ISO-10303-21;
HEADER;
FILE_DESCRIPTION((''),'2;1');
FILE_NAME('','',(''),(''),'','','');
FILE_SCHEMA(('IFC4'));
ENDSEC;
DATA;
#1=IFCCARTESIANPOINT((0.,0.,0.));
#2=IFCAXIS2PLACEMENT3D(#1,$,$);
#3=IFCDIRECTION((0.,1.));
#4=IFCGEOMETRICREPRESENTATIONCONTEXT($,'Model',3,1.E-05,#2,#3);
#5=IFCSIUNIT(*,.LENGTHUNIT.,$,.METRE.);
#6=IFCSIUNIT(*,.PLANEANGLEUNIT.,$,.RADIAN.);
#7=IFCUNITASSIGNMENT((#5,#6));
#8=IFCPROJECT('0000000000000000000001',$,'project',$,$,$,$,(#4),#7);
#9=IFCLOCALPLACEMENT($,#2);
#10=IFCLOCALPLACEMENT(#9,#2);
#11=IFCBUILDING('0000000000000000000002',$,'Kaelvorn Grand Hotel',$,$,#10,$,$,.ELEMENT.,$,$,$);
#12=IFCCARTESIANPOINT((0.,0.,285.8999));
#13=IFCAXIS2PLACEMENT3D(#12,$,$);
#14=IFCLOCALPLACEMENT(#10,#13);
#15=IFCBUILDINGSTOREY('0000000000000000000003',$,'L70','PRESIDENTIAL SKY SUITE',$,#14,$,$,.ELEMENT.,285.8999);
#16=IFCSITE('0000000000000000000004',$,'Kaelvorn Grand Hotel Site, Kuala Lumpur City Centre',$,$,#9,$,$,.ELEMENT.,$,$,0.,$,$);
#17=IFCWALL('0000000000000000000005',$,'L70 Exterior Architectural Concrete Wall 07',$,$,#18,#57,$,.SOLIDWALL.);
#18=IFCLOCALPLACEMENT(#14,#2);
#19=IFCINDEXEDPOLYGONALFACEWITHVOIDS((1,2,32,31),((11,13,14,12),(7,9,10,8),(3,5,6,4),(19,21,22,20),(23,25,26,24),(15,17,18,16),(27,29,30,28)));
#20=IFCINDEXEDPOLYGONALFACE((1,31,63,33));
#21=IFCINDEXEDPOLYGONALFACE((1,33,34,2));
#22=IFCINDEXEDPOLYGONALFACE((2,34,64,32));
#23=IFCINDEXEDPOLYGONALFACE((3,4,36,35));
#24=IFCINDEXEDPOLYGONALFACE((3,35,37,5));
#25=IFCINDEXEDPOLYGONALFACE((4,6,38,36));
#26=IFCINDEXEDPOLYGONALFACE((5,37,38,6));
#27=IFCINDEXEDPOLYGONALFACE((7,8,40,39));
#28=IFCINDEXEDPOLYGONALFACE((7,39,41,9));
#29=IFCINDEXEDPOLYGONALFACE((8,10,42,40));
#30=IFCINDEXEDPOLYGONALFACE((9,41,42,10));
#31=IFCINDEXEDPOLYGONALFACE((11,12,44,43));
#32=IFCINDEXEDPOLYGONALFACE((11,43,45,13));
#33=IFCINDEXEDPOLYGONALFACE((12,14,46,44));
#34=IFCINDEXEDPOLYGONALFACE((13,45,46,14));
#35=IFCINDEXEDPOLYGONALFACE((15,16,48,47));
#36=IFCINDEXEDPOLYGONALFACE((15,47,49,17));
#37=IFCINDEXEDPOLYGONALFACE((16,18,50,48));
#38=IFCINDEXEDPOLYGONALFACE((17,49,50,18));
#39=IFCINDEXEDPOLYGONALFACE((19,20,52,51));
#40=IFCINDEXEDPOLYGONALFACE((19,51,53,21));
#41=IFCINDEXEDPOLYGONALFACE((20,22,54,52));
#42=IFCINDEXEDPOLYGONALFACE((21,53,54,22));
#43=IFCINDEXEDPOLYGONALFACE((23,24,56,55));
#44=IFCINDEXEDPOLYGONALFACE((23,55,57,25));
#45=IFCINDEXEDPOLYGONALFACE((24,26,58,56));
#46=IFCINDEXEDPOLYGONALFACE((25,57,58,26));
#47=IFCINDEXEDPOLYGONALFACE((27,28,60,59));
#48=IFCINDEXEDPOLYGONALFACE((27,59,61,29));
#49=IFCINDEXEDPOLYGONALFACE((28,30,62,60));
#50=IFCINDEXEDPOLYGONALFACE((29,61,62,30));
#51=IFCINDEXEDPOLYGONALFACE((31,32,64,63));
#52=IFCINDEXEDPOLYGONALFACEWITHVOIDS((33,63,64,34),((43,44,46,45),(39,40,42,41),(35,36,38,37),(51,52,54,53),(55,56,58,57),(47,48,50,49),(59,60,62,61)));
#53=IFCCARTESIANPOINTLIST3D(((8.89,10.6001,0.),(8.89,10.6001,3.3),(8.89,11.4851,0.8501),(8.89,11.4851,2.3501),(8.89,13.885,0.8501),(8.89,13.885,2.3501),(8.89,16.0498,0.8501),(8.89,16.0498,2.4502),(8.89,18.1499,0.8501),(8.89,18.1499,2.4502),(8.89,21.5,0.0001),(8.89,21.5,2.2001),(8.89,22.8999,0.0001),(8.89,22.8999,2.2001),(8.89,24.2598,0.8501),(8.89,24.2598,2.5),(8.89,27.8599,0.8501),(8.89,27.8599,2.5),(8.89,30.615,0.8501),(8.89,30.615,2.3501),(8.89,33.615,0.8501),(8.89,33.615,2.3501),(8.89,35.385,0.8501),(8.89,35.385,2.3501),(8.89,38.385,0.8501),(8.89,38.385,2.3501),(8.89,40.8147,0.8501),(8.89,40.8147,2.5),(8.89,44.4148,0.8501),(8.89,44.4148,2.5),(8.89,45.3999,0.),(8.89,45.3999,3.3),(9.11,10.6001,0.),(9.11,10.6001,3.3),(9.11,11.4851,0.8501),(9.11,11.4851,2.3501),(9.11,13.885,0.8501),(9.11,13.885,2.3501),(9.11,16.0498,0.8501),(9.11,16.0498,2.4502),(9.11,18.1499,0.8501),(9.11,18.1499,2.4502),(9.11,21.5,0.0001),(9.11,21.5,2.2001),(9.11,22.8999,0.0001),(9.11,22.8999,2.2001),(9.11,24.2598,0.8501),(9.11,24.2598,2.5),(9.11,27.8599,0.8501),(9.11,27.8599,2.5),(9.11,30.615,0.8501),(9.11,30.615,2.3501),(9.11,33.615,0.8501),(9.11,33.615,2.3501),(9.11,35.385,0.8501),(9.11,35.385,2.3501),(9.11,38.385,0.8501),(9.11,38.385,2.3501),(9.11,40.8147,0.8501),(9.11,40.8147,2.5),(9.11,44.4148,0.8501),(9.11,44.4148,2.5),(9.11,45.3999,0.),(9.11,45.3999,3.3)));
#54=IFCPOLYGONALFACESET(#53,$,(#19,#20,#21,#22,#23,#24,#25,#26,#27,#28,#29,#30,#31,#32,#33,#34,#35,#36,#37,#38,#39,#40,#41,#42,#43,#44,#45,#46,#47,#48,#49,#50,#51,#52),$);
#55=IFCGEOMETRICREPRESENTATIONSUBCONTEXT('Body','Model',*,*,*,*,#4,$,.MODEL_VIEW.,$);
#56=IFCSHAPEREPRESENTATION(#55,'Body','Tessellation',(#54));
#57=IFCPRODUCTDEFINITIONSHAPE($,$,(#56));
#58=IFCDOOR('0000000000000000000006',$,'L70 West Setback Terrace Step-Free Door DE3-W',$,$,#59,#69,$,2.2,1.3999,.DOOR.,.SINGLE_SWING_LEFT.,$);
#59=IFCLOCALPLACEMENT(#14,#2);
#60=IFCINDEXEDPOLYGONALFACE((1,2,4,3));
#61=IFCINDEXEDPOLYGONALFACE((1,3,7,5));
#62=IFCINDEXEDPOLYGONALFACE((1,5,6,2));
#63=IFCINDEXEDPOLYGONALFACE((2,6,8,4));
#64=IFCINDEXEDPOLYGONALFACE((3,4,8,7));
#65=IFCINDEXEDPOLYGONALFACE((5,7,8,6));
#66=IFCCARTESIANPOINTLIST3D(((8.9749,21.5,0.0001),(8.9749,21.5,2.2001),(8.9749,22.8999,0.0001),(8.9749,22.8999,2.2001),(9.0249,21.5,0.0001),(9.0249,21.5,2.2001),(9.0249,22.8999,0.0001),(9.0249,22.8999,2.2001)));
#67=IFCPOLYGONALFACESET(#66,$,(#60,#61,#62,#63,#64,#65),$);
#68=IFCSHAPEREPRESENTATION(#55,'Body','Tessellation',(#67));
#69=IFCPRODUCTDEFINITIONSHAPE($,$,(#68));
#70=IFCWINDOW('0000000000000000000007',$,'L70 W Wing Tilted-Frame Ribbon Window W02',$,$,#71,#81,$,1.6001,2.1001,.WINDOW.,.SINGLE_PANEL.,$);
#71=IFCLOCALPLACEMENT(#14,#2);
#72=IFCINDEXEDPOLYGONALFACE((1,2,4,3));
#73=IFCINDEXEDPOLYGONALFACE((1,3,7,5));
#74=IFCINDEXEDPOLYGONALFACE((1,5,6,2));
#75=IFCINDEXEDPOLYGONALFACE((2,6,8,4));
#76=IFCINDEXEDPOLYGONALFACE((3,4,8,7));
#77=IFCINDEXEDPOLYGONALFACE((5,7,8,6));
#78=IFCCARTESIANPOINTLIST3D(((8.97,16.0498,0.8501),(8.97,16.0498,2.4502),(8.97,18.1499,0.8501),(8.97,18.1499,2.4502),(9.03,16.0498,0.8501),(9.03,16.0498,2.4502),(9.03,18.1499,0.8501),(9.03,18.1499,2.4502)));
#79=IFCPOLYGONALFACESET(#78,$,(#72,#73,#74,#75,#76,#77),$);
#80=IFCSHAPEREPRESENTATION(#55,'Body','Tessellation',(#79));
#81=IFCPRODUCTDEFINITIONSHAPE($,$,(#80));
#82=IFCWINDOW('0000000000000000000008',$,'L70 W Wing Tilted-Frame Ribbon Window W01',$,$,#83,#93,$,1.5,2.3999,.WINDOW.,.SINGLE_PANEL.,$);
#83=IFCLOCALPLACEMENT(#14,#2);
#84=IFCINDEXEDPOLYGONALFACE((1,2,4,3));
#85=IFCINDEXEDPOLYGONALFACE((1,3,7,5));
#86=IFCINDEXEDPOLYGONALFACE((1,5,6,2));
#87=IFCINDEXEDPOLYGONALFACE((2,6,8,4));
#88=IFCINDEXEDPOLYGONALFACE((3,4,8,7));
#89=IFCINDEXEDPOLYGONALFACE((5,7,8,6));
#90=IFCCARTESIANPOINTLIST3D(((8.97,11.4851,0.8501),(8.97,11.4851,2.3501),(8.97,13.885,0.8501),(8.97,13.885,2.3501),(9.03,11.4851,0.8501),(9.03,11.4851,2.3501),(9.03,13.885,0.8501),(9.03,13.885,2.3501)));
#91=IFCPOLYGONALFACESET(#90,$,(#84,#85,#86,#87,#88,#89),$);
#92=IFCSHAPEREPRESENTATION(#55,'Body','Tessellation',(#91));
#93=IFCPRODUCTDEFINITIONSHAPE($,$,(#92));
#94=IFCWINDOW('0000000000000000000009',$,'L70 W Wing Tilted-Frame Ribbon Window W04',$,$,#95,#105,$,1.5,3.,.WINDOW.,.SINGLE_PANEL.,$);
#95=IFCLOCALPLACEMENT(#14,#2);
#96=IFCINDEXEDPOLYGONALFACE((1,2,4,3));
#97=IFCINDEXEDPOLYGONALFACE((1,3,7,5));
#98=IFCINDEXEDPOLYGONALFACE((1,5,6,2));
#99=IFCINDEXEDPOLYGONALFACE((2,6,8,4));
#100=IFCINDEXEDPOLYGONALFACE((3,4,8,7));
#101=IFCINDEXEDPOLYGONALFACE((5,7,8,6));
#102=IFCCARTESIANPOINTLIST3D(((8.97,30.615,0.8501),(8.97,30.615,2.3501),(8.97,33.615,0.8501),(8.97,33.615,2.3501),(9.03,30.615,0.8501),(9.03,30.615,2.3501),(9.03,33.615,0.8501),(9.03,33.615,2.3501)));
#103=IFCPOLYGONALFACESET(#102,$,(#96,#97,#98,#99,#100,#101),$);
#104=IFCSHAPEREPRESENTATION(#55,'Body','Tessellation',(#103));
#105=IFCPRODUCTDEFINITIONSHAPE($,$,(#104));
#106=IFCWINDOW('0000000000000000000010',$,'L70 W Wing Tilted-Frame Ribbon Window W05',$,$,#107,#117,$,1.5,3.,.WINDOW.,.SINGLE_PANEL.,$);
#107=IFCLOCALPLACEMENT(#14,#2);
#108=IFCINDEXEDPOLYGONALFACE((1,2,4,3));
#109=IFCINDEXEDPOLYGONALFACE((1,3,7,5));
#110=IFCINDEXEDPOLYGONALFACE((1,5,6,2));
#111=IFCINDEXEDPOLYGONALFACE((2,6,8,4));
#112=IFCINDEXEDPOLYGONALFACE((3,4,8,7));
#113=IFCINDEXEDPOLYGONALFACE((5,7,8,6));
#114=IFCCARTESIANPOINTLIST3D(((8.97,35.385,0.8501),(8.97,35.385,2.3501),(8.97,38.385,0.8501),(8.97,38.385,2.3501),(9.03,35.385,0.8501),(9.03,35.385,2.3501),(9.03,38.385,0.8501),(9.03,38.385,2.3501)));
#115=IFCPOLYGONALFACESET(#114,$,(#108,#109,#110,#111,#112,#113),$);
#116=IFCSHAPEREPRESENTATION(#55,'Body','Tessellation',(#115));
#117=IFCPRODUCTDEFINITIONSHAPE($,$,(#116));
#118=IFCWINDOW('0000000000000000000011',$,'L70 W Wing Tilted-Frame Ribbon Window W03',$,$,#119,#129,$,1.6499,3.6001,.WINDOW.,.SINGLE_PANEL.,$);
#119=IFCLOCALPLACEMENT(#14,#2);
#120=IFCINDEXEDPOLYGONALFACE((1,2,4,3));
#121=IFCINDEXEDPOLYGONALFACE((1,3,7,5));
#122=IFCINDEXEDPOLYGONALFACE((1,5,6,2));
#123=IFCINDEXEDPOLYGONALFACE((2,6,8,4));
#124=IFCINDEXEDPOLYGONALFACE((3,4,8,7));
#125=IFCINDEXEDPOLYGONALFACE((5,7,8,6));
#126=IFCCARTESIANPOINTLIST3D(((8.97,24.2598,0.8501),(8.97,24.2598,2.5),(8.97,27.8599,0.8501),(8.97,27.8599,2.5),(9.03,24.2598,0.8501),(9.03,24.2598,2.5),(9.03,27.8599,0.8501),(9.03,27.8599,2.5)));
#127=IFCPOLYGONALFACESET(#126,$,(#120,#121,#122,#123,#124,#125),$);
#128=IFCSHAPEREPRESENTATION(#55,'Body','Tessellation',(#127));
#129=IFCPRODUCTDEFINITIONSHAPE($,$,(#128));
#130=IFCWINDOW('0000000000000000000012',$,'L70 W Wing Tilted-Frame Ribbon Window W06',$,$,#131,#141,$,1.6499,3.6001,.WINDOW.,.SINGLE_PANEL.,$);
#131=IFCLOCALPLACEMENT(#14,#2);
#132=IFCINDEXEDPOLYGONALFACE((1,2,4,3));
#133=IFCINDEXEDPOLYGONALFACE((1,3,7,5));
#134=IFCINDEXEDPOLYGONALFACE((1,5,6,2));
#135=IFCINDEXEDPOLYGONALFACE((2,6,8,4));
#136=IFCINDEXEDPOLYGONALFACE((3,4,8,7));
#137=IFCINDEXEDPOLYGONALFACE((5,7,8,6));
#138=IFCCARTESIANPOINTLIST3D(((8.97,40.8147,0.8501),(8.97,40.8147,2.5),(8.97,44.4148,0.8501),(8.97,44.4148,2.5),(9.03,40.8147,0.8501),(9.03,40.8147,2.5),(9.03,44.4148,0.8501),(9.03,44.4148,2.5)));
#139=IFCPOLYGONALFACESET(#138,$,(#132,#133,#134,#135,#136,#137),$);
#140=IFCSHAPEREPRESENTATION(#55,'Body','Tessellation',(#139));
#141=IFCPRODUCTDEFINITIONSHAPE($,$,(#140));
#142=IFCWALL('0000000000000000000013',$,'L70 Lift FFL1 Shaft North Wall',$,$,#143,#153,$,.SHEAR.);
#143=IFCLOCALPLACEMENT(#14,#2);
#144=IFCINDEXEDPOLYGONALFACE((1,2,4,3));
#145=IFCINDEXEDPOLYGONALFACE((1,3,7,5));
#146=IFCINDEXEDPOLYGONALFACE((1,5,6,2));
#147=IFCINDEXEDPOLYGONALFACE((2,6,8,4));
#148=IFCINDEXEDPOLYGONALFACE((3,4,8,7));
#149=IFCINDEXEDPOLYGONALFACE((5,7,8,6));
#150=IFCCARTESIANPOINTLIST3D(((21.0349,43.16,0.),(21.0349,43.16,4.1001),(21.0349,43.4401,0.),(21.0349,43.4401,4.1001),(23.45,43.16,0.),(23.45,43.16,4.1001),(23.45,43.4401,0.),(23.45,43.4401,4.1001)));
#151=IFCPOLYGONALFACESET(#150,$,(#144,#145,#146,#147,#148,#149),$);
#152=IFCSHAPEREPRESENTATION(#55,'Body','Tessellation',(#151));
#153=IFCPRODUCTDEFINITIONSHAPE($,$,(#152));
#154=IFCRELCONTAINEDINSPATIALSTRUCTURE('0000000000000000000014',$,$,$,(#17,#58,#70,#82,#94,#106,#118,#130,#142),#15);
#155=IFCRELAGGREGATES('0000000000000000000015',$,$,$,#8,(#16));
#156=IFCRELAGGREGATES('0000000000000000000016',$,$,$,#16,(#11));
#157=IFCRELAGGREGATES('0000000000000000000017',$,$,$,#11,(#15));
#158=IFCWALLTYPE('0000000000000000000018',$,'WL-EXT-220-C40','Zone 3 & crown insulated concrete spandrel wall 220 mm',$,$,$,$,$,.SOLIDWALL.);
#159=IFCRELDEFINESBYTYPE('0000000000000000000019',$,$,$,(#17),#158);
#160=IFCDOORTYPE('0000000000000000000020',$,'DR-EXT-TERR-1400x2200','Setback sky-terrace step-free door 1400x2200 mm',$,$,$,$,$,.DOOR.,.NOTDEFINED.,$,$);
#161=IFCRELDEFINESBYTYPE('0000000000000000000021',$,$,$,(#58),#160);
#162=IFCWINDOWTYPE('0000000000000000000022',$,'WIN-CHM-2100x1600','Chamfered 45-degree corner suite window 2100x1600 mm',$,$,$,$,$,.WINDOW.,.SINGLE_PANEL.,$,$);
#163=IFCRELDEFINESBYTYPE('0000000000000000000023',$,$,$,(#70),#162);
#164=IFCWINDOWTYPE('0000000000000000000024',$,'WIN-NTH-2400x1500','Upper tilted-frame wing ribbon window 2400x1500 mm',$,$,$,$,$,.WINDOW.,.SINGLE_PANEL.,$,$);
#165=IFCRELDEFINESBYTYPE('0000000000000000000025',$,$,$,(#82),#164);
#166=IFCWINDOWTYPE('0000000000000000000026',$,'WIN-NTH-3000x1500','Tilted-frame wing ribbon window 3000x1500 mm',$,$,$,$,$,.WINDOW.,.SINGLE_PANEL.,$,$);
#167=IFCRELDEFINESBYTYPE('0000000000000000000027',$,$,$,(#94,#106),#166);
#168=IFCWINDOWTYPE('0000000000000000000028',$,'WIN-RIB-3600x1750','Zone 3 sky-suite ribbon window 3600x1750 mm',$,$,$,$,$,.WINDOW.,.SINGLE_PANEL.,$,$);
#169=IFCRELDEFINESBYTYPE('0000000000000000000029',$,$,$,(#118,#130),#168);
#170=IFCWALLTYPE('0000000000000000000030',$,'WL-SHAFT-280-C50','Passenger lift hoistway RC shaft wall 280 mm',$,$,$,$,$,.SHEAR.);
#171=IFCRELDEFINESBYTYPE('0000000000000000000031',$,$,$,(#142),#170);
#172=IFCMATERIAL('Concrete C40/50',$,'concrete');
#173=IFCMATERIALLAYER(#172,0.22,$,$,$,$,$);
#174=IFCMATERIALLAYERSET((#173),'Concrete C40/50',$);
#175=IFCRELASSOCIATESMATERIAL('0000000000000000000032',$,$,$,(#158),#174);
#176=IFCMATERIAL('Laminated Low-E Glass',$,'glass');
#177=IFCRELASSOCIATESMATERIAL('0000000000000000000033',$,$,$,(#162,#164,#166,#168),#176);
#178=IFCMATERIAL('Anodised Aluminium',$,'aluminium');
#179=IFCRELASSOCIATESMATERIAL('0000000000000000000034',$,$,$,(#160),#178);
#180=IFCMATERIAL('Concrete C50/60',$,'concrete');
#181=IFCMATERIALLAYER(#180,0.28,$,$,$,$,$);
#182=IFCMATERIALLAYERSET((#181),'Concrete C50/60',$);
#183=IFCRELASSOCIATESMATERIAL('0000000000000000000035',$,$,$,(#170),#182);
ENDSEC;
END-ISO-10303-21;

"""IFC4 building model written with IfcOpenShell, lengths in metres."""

from ifc_helpers import new_model, si_unit, direction, frame, frame_2d, origin, place, context, subcontext, project, spatial, rectangle, extrude, material, layer, layer_set, type_object, element, fill, save


model = new_model("IFC4")

# Units and contexts
model_context = context("Model", 3, precision=1e-05, world=origin(), true_north=direction((0.0, 1.0)))
body_context = subcontext(model_context, "Body", "Model", "MODEL_VIEW")
ifc_project = project(units=[si_unit("LENGTHUNIT", "METRE"), si_unit("PLANEANGLEUNIT", "RADIAN")], contexts=[model_context])

# Site, building, storey
site_placement = place(None, origin())
site = spatial("IfcSite", under=ifc_project, at=site_placement, Name="Kaelvorn Grand Hotel Site, Kuala Lumpur City Centre", CompositionType="ELEMENT", RefElevation=0.0)
building_placement = place(site_placement, origin())
building = spatial("IfcBuilding", under=site, at=building_placement, Name="Kaelvorn Grand Hotel", CompositionType="ELEMENT")
storey_placement = place(building_placement, frame((0.0, 0.0, 285.8999)))
storey = spatial("IfcBuildingStorey", under=building, at=storey_placement, Name="L70", Description="PRESIDENTIAL SKY SUITE", CompositionType="ELEMENT", Elevation=285.8999)

# Shared definitions
ifc_material_1 = material(Name="Concrete C50/60", Category="concrete")

# Shared definitions
ifc_material_2 = material(Name="Concrete C40/50", Category="concrete")
ifc_layer_1 = layer(ifc_material_2, 0.22)
ifc_layer_set_1 = layer_set([ifc_layer_1], Name="Concrete C40/50")
wall_type_1 = type_object("IfcWallType", Name="WL-EXT-220-C40", Description="Zone 3 & crown insulated concrete spandrel wall 220 mm", PredefinedType="SOLIDWALL", material=ifc_layer_set_1)
ifc_material_3 = material(Name="Laminated Low-E Glass", Category="glass")
window_type_1 = type_object("IfcWindowType", Name="WIN-CHM-2100x1600", Description="Chamfered 45-degree corner suite window 2100x1600 mm", PartitioningType="SINGLE_PANEL", PredefinedType="WINDOW", material=ifc_material_3)

# Wall, openings, door, windows
wall_1_placement = place(storey_placement, frame((9.0, 45.3999, 0.0), z_axis=(0.0, 0.0, 1.0), x_axis=(0.0, -1.0, 0.0)))
wall_1 = element("IfcWall", 1, at=wall_1_placement, inside=storey, type_object=wall_type_1, Name="L70 Exterior Architectural Concrete Wall 07", PredefinedType="SOLIDWALL", context=body_context, shape_type="SweptSolid", body=[
    extrude(rectangle(XDim=34.7998, YDim=0.22, at=frame_2d((17.3999, 0.0))), origin(), (0.0, 0.0, 1.0), 3.3),
])
opening_1_placement = place(wall_1_placement, frame((22.5, 0.0, 0.0)))
opening_1 = element("IfcOpeningElement", 2, at=opening_1_placement, cuts=wall_1, PredefinedType="OPENING", context=body_context, shape_type="SweptSolid", body=[
    extrude(rectangle(XDim=1.3999, YDim=2.2, at=frame_2d((0.7, 1.1001))), frame((0.0, 0.1201, 0.0), z_axis=(0.0, -1.0, 0.0), x_axis=(1.0, 0.0, 0.0)), (0.0, 0.0, 1.0), 0.24),
])
opening_2_placement = place(wall_1_placement, frame((31.5149, 0.0, 0.8501)))
opening_2 = element("IfcOpeningElement", 3, at=opening_2_placement, cuts=wall_1, PredefinedType="OPENING", context=body_context, shape_type="SweptSolid", body=[
    extrude(rectangle(XDim=2.3999, YDim=1.5, at=frame_2d((1.2, 0.75))), frame((0.0, 0.1201, 0.0), z_axis=(0.0, -1.0, 0.0), x_axis=(1.0, 0.0, 0.0)), (0.0, 0.0, 1.0), 0.24),
])
opening_3_placement = place(wall_1_placement, frame((27.25, 0.0, 0.8501)))
opening_3 = element("IfcOpeningElement", 4, at=opening_3_placement, cuts=wall_1, PredefinedType="OPENING", context=body_context, shape_type="SweptSolid", body=[
    extrude(rectangle(XDim=2.1001, YDim=1.6001, at=frame_2d((1.05, 0.8))), frame((0.0, 0.1201, 0.0), z_axis=(0.0, -1.0, 0.0), x_axis=(1.0, 0.0, 0.0)), (0.0, 0.0, 1.0), 0.24),
])
opening_4_placement = place(wall_1_placement, frame((17.54, 0.0, 0.8501)))
opening_4 = element("IfcOpeningElement", 5, at=opening_4_placement, cuts=wall_1, PredefinedType="OPENING", context=body_context, shape_type="SweptSolid", body=[
    extrude(rectangle(XDim=3.6001, YDim=1.6499, at=frame_2d((1.8, 0.825))), frame((0.0, 0.1201, 0.0), z_axis=(0.0, -1.0, 0.0), x_axis=(1.0, 0.0, 0.0)), (0.0, 0.0, 1.0), 0.24),
])
opening_5_placement = place(wall_1_placement, frame((11.7849, 0.0, 0.8501)))
opening_5 = element("IfcOpeningElement", 6, at=opening_5_placement, cuts=wall_1, PredefinedType="OPENING", context=body_context, shape_type="SweptSolid", body=[
    extrude(rectangle(XDim=3.0, YDim=1.5, at=frame_2d((1.5, 0.75))), frame((0.0, 0.1201, 0.0), z_axis=(0.0, -1.0, 0.0), x_axis=(1.0, 0.0, 0.0)), (0.0, 0.0, 1.0), 0.24),
])
opening_6_placement = place(wall_1_placement, frame((7.0149, 0.0, 0.8501)))
opening_6 = element("IfcOpeningElement", 7, at=opening_6_placement, cuts=wall_1, PredefinedType="OPENING", context=body_context, shape_type="SweptSolid", body=[
    extrude(rectangle(XDim=3.0, YDim=1.5, at=frame_2d((1.5, 0.75))), frame((0.0, 0.1201, 0.0), z_axis=(0.0, -1.0, 0.0), x_axis=(1.0, 0.0, 0.0)), (0.0, 0.0, 1.0), 0.24),
])
opening_7_placement = place(wall_1_placement, frame((0.9851, 0.0, 0.8501)))
opening_7 = element("IfcOpeningElement", 8, at=opening_7_placement, cuts=wall_1, PredefinedType="OPENING", context=body_context, shape_type="SweptSolid", body=[
    extrude(rectangle(XDim=3.6001, YDim=1.6499, at=frame_2d((1.8, 0.825))), frame((0.0, 0.1201, 0.0), z_axis=(0.0, -1.0, 0.0), x_axis=(1.0, 0.0, 0.0)), (0.0, 0.0, 1.0), 0.24),
])
ifc_material_4 = material(Name="Anodised Aluminium", Category="aluminium")
door_type = type_object("IfcDoorType", Name="DR-EXT-TERR-1400x2200", Description="Setback sky-terrace step-free door 1400x2200 mm", OperationType="NOTDEFINED", PredefinedType="DOOR", material=ifc_material_4)
door_placement = place(opening_1_placement, origin())
door = element("IfcDoor", 9, at=door_placement, inside=storey, type_object=door_type, Name="L70 West Setback Terrace Step-Free Door DE3-W", OperationType="SINGLE_SWING_LEFT", OverallHeight=2.2, OverallWidth=1.3999, PredefinedType="DOOR", context=body_context, shape_type="SweptSolid", body=[
    extrude(rectangle(XDim=1.3999, YDim=2.2, at=frame_2d((0.7, 1.1001))), frame((0.0, 0.0249, 0.0), z_axis=(0.0, -1.0, 0.0), x_axis=(1.0, 0.0, 0.0)), (0.0, 0.0, 1.0), 0.05),
])
fill(opening_1, door)
window_1_placement = place(opening_3_placement, origin())
window_1 = element("IfcWindow", 10, at=window_1_placement, inside=storey, type_object=window_type_1, Name="L70 W Wing Tilted-Frame Ribbon Window W02", OverallHeight=1.6001, OverallWidth=2.1001, PartitioningType="SINGLE_PANEL", PredefinedType="WINDOW", context=body_context, shape_type="SweptSolid", body=[
    extrude(rectangle(XDim=2.1001, YDim=1.6001, at=frame_2d((1.05, 0.8))), frame((0.0, 0.03, 0.0), z_axis=(0.0, -1.0, 0.0), x_axis=(1.0, 0.0, 0.0)), (0.0, 0.0, 1.0), 0.0601),
])
fill(opening_3, window_1)
window_type_2 = type_object("IfcWindowType", Name="WIN-NTH-2400x1500", Description="Upper tilted-frame wing ribbon window 2400x1500 mm", PartitioningType="SINGLE_PANEL", PredefinedType="WINDOW", material=ifc_material_3)
window_2_placement = place(opening_2_placement, origin())
window_2 = element("IfcWindow", 11, at=window_2_placement, inside=storey, type_object=window_type_2, Name="L70 W Wing Tilted-Frame Ribbon Window W01", OverallHeight=1.5, OverallWidth=2.3999, PartitioningType="SINGLE_PANEL", PredefinedType="WINDOW", context=body_context, shape_type="SweptSolid", body=[
    extrude(rectangle(XDim=2.3999, YDim=1.5, at=frame_2d((1.2, 0.75))), frame((0.0, 0.03, 0.0), z_axis=(0.0, -1.0, 0.0), x_axis=(1.0, 0.0, 0.0)), (0.0, 0.0, 1.0), 0.0601),
])
fill(opening_2, window_2)
window_type_3 = type_object("IfcWindowType", Name="WIN-NTH-3000x1500", Description="Tilted-frame wing ribbon window 3000x1500 mm", PartitioningType="SINGLE_PANEL", PredefinedType="WINDOW", material=ifc_material_3)
window_3_placement = place(opening_5_placement, origin())
window_3 = element("IfcWindow", 12, at=window_3_placement, inside=storey, type_object=window_type_3, Name="L70 W Wing Tilted-Frame Ribbon Window W04", OverallHeight=1.5, OverallWidth=3.0, PartitioningType="SINGLE_PANEL", PredefinedType="WINDOW", context=body_context, shape_type="SweptSolid", body=[
    extrude(rectangle(XDim=3.0, YDim=1.5, at=frame_2d((1.5, 0.75))), frame((0.0, 0.03, 0.0), z_axis=(0.0, -1.0, 0.0), x_axis=(1.0, 0.0, 0.0)), (0.0, 0.0, 1.0), 0.0601),
])
fill(opening_5, window_3)
window_4_placement = place(opening_6_placement, origin())
window_4 = element("IfcWindow", 13, at=window_4_placement, inside=storey, type_object=window_type_3, Name="L70 W Wing Tilted-Frame Ribbon Window W05", OverallHeight=1.5, OverallWidth=3.0, PartitioningType="SINGLE_PANEL", PredefinedType="WINDOW", context=body_context, shape_type="SweptSolid", body=[
    extrude(rectangle(XDim=3.0, YDim=1.5, at=frame_2d((1.5, 0.75))), frame((0.0, 0.03, 0.0), z_axis=(0.0, -1.0, 0.0), x_axis=(1.0, 0.0, 0.0)), (0.0, 0.0, 1.0), 0.0601),
])
fill(opening_6, window_4)
window_type_4 = type_object("IfcWindowType", Name="WIN-RIB-3600x1750", Description="Zone 3 sky-suite ribbon window 3600x1750 mm", PartitioningType="SINGLE_PANEL", PredefinedType="WINDOW", material=ifc_material_3)
window_5_placement = place(opening_4_placement, origin())
window_5 = element("IfcWindow", 14, at=window_5_placement, inside=storey, type_object=window_type_4, Name="L70 W Wing Tilted-Frame Ribbon Window W03", OverallHeight=1.6499, OverallWidth=3.6001, PartitioningType="SINGLE_PANEL", PredefinedType="WINDOW", context=body_context, shape_type="SweptSolid", body=[
    extrude(rectangle(XDim=3.6001, YDim=1.6499, at=frame_2d((1.8, 0.825))), frame((0.0, 0.03, 0.0), z_axis=(0.0, -1.0, 0.0), x_axis=(1.0, 0.0, 0.0)), (0.0, 0.0, 1.0), 0.0601),
])
fill(opening_4, window_5)
window_6_placement = place(opening_7_placement, origin())
window_6 = element("IfcWindow", 15, at=window_6_placement, inside=storey, type_object=window_type_4, Name="L70 W Wing Tilted-Frame Ribbon Window W06", OverallHeight=1.6499, OverallWidth=3.6001, PartitioningType="SINGLE_PANEL", PredefinedType="WINDOW", context=body_context, shape_type="SweptSolid", body=[
    extrude(rectangle(XDim=3.6001, YDim=1.6499, at=frame_2d((1.8, 0.825))), frame((0.0, 0.03, 0.0), z_axis=(0.0, -1.0, 0.0), x_axis=(1.0, 0.0, 0.0)), (0.0, 0.0, 1.0), 0.0601),
])
fill(opening_7, window_6)

# Wall
ifc_layer_2 = layer(ifc_material_1, 0.28)
ifc_layer_set_2 = layer_set([ifc_layer_2], Name="Concrete C50/60")
wall_type_2 = type_object("IfcWallType", Name="WL-SHAFT-280-C50", Description="Passenger lift hoistway RC shaft wall 280 mm", PredefinedType="SHEAR", material=ifc_layer_set_2)
wall_2_placement = place(storey_placement, frame((21.0349, 43.3, 0.0), z_axis=(0.0, 0.0, 1.0), x_axis=(1.0, 0.0, 0.0)))
element("IfcWall", 16, at=wall_2_placement, inside=storey, type_object=wall_type_2, Name="L70 Lift FFL1 Shaft North Wall", PredefinedType="SHEAR", context=body_context, shape_type="SweptSolid", body=[
    extrude(rectangle(XDim=2.415, YDim=0.28, at=frame_2d((1.2075, 0.0))), origin(), (0.0, 0.0, 1.0), 4.1001),
])

save(model, "model.ifc")
